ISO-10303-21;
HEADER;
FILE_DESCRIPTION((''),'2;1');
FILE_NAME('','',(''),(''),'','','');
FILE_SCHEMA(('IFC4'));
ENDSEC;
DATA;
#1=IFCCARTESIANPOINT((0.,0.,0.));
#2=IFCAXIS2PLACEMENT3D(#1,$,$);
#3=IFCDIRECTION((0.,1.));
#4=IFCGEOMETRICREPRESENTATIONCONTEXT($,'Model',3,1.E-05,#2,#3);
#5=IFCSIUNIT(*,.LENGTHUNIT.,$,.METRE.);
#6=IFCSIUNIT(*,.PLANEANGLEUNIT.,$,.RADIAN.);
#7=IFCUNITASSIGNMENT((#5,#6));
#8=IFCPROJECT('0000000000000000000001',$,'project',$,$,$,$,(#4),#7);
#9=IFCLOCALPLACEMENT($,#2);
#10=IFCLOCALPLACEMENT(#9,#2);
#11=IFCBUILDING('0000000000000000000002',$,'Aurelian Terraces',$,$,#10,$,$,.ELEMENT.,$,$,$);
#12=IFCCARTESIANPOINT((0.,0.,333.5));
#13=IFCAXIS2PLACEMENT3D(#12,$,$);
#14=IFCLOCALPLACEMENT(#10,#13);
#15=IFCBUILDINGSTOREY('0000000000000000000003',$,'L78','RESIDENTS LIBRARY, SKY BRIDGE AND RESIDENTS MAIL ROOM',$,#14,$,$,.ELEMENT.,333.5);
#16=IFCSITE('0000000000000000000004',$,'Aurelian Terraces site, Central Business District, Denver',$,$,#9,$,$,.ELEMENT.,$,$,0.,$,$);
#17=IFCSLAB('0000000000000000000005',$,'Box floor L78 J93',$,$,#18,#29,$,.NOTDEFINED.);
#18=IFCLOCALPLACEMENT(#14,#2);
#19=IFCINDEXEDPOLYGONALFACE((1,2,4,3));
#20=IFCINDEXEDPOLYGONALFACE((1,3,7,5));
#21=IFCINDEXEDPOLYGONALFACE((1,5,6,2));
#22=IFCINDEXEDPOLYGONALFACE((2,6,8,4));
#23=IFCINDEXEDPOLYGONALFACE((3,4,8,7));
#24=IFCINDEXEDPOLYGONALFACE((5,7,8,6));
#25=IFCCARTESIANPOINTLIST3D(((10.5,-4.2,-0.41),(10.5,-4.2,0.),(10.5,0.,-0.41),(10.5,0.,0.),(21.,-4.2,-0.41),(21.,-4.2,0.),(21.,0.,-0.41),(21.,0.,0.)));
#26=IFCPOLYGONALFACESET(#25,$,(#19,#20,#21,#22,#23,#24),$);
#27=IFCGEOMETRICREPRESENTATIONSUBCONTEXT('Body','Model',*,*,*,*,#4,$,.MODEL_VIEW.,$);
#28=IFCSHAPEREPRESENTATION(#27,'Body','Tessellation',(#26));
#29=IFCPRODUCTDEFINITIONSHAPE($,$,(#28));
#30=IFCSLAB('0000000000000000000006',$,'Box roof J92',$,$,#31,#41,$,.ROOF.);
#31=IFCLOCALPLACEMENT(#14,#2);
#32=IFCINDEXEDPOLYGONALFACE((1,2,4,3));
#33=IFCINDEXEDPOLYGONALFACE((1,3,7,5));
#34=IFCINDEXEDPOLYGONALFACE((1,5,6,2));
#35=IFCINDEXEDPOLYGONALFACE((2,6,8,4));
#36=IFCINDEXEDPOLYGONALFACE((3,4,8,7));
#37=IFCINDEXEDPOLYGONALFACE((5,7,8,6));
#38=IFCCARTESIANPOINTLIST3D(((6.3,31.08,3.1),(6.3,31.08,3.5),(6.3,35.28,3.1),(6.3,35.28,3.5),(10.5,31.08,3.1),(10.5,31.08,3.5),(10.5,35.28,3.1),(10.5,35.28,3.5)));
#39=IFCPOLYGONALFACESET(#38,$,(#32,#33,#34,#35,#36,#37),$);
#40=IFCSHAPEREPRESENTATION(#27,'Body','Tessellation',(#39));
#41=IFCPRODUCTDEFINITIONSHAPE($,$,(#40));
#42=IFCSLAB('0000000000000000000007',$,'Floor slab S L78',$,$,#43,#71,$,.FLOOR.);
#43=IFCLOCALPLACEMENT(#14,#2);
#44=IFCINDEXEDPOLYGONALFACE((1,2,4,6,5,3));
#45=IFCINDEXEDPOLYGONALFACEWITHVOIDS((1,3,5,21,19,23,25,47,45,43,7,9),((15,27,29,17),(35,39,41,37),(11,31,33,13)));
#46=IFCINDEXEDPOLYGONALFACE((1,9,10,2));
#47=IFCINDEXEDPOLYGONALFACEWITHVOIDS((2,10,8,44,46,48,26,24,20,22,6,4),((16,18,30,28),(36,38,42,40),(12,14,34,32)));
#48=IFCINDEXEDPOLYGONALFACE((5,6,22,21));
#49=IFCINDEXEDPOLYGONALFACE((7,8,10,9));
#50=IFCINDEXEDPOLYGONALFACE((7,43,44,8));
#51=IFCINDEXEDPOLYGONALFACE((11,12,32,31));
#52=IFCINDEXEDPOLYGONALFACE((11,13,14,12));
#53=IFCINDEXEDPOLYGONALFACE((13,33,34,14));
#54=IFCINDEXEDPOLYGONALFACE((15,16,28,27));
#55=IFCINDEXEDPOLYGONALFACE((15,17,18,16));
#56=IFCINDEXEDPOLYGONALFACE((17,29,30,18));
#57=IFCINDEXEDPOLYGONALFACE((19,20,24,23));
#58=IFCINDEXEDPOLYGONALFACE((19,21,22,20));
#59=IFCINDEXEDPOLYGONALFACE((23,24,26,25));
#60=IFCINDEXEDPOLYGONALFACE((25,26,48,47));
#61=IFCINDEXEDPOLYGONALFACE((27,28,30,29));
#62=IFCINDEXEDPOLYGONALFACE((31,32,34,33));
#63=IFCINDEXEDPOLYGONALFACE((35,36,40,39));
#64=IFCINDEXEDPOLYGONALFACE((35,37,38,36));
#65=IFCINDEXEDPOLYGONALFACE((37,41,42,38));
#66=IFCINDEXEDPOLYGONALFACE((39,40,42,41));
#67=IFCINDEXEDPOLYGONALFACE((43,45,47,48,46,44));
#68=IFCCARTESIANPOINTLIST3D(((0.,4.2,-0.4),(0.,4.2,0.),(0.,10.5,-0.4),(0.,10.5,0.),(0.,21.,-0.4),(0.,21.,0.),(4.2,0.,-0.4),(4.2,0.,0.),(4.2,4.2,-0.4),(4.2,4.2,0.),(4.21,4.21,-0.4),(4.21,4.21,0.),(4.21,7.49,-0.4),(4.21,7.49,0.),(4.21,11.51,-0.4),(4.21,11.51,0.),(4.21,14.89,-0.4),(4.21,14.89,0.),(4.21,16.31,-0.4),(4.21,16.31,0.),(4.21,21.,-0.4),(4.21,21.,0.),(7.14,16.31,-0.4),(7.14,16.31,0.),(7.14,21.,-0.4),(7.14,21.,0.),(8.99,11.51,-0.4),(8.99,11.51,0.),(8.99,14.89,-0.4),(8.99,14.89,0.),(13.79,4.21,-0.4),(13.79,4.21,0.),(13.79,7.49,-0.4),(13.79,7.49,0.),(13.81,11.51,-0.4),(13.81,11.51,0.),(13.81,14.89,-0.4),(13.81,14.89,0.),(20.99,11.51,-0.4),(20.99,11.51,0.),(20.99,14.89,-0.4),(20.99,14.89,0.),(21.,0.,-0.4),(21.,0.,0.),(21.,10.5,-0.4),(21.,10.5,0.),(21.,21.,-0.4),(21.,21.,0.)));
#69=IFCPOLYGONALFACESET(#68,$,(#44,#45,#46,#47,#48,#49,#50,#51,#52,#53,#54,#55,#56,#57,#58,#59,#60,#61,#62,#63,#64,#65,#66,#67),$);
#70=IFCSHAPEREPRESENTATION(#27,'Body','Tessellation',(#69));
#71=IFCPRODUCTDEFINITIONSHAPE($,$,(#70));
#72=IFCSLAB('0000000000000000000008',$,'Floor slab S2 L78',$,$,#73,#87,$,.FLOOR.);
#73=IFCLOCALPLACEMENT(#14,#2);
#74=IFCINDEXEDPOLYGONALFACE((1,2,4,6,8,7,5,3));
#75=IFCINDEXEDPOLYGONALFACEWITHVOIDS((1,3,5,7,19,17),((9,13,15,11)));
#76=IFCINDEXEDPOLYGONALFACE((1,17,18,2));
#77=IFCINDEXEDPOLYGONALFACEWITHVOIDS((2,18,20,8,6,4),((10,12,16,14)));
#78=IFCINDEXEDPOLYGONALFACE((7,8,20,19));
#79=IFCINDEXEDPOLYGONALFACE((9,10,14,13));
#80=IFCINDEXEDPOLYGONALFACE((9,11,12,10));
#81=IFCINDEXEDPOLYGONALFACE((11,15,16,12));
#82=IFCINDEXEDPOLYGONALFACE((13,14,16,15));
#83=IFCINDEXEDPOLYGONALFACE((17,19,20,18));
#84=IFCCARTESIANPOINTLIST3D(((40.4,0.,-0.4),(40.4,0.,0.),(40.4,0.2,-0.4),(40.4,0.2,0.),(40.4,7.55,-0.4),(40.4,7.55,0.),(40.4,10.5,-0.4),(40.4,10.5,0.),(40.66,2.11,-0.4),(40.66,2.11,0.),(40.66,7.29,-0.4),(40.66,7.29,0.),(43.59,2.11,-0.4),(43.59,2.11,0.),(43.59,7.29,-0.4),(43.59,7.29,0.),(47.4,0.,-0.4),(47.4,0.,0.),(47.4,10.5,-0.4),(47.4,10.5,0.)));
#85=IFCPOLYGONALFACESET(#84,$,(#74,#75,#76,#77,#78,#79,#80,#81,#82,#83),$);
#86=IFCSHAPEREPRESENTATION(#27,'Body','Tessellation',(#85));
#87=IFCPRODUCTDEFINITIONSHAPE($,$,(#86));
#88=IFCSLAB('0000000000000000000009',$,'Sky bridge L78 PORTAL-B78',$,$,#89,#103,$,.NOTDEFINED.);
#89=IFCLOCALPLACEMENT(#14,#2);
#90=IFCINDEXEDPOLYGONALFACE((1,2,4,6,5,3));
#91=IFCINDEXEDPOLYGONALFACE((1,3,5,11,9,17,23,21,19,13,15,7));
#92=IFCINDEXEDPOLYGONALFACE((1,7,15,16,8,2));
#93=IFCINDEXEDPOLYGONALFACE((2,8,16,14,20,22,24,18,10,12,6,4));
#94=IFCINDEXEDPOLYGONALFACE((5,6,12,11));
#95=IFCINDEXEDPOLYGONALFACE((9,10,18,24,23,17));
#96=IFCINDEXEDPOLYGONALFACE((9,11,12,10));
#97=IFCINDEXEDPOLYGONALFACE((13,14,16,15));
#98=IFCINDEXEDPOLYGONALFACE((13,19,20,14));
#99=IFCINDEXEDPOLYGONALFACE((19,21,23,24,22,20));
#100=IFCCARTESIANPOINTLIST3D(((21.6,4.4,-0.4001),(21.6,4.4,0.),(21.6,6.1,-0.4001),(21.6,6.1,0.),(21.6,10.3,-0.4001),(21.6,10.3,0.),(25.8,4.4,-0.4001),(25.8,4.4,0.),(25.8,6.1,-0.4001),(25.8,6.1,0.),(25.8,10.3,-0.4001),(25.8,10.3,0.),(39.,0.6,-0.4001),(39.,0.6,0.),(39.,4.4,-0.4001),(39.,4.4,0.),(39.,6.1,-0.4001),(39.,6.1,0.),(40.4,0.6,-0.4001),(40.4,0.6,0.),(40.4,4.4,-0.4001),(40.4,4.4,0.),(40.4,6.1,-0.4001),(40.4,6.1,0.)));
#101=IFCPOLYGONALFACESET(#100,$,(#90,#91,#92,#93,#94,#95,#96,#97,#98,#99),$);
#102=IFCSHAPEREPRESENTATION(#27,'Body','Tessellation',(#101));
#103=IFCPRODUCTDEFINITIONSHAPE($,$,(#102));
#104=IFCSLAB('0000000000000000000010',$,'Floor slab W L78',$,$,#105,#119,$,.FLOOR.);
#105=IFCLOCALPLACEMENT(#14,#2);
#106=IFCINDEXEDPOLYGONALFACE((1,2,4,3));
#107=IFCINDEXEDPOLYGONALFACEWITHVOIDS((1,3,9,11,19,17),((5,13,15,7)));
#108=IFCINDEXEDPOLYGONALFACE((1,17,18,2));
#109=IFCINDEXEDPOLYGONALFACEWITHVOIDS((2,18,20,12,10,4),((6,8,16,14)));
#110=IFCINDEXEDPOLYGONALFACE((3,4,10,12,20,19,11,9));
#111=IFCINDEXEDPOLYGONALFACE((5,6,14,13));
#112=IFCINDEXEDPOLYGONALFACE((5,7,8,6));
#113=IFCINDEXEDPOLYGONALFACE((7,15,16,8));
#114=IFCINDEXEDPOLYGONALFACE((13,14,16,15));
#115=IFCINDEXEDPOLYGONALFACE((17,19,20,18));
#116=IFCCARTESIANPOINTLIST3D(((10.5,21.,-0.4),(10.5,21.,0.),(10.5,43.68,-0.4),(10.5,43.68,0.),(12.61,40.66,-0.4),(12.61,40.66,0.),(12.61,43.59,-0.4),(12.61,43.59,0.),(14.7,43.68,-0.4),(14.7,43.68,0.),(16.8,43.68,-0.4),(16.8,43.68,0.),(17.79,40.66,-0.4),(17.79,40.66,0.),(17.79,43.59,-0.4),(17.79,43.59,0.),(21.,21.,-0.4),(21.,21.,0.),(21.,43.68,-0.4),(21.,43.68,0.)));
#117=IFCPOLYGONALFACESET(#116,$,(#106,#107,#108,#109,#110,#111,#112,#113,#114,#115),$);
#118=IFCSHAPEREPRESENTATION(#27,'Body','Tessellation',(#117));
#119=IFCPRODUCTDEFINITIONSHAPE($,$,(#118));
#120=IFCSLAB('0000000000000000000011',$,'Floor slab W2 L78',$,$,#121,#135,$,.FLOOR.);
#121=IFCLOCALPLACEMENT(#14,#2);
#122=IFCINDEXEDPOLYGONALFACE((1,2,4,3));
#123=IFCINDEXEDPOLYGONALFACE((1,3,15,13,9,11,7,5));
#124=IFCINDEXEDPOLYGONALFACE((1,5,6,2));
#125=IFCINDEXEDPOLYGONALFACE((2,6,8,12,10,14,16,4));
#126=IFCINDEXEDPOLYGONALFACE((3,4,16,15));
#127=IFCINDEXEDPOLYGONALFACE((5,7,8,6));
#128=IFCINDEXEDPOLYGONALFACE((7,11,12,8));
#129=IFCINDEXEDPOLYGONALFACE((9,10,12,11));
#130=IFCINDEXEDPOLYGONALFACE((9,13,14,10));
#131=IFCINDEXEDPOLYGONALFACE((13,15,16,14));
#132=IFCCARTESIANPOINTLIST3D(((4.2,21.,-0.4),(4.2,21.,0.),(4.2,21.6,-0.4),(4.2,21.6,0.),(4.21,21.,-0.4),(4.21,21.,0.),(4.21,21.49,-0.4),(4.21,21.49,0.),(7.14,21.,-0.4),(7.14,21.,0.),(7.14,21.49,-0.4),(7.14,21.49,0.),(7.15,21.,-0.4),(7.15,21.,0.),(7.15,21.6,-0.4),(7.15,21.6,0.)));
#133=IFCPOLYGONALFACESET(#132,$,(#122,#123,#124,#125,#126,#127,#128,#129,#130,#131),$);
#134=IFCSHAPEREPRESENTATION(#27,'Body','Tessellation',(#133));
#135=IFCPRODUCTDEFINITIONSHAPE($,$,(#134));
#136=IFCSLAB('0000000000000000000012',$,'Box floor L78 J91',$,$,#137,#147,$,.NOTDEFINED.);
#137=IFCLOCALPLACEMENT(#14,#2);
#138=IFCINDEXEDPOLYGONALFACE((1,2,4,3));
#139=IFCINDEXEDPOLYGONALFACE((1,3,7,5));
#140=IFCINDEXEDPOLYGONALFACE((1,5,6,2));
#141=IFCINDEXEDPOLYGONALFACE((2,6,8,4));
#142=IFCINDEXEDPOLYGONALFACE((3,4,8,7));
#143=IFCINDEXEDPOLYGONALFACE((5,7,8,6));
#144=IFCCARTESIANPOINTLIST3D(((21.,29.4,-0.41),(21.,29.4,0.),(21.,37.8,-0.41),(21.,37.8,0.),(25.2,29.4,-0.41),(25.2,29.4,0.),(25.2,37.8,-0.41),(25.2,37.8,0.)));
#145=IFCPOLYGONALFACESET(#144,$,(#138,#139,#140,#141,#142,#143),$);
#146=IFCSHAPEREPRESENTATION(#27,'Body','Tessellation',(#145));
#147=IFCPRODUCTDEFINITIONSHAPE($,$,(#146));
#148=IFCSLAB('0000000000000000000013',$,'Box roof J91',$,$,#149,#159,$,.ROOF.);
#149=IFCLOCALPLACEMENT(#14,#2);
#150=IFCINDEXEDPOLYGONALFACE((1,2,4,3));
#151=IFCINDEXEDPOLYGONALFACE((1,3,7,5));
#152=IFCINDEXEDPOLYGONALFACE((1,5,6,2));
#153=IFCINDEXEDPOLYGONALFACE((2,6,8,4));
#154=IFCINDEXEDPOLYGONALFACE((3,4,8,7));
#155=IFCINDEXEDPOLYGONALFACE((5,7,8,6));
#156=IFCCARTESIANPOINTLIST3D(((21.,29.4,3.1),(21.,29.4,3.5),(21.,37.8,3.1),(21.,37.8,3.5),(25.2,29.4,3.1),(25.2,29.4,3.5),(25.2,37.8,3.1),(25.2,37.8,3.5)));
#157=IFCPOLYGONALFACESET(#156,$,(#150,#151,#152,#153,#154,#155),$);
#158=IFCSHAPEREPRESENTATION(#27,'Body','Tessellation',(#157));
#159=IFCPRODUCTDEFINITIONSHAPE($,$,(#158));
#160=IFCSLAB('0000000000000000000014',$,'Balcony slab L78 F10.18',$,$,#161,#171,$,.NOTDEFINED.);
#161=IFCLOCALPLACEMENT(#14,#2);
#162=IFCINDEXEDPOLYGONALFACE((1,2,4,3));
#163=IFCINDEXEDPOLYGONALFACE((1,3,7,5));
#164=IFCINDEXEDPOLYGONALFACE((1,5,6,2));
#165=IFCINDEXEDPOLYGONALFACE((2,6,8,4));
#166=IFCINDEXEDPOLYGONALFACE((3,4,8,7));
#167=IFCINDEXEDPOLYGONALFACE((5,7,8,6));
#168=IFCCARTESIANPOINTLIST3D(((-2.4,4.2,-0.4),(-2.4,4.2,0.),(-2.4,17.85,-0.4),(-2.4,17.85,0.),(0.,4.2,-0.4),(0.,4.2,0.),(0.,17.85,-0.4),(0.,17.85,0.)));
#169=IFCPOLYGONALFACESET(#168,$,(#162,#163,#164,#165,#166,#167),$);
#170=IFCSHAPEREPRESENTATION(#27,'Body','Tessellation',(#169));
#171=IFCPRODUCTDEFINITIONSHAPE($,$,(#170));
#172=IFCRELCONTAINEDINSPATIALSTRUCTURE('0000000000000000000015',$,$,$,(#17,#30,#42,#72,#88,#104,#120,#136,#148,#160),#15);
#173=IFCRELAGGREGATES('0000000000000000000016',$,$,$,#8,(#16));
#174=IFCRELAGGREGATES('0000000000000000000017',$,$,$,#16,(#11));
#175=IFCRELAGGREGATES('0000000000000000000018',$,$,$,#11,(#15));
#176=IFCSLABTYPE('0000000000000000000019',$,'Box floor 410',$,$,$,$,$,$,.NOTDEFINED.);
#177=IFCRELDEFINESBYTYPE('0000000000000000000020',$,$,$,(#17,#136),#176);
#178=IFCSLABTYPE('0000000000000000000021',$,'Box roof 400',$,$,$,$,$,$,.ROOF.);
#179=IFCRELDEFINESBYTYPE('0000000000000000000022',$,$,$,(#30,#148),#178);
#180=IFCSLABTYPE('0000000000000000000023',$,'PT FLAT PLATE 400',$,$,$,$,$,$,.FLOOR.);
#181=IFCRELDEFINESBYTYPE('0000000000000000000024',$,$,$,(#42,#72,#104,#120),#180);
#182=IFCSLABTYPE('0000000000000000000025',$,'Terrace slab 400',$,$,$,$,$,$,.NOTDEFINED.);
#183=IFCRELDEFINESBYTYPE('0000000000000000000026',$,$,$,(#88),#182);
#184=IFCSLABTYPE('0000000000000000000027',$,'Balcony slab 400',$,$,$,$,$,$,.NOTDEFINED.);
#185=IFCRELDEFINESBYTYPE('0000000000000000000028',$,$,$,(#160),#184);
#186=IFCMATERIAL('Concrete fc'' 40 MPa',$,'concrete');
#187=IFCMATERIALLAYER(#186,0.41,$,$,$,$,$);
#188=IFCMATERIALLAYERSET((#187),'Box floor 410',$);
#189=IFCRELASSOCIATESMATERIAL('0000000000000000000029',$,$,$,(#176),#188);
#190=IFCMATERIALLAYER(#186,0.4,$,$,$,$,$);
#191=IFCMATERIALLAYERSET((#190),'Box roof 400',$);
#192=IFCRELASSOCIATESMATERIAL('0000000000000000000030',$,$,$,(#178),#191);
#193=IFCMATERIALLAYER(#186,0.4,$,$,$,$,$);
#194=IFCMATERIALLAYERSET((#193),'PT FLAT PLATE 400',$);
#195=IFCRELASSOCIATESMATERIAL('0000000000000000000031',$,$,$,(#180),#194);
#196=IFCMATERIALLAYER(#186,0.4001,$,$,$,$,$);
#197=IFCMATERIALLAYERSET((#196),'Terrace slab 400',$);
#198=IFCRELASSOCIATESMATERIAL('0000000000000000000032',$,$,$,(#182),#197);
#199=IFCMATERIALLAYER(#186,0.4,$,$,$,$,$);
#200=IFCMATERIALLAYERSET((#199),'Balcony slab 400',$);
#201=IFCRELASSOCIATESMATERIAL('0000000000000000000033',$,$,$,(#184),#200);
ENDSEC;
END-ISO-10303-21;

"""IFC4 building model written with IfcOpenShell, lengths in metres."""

from ifc_helpers import new_model, si_unit, direction, frame, origin, place, context, subcontext, project, spatial, polyline, outline, extrude, source, transform, mapped, material, layer, layer_set, type_object, element, save


model = new_model("IFC4")

# Units and contexts
model_context = context("Model", 3, precision=1e-05, world=origin(), true_north=direction((0.0, 1.0)))
body_context = subcontext(model_context, "Body", "Model", "MODEL_VIEW")
ifc_project = project(units=[si_unit("LENGTHUNIT", "METRE"), si_unit("PLANEANGLEUNIT", "RADIAN")], contexts=[model_context])

# Site, building, storey
site_placement = place(None, origin())
site = spatial("IfcSite", under=ifc_project, at=site_placement, Name="Aurelian Terraces site, Central Business District, Denver", CompositionType="ELEMENT", RefElevation=0.0)
building_placement = place(site_placement, origin())
building = spatial("IfcBuilding", under=site, at=building_placement, Name="Aurelian Terraces", CompositionType="ELEMENT")
storey_placement = place(building_placement, frame((0.0, 0.0, 333.5)))
storey = spatial("IfcBuildingStorey", under=building, at=storey_placement, Name="L78", Description="RESIDENTS LIBRARY, SKY BRIDGE AND RESIDENTS MAIL ROOM", CompositionType="ELEMENT", Elevation=333.5)

# Slabs
ifc_material_1 = material(Name="Concrete fc' 40 MPa", Category="concrete")
ifc_layer_1 = layer(ifc_material_1, 0.41)
ifc_layer_set_1 = layer_set([ifc_layer_1], Name="Box floor 410")
slab_type_1 = type_object("IfcSlabType", Name="Box floor 410", PredefinedType="NOTDEFINED", material=ifc_layer_set_1)
slab_1_placement = place(storey_placement, frame((0.0, 0.0, -0.41)))
element("IfcSlab", 1, at=slab_1_placement, inside=storey, type_object=slab_type_1, Name="Box floor L78 J93", PredefinedType="NOTDEFINED", context=body_context, shape_type="SweptSolid", body=[
    extrude(outline(polyline([(10.5, -4.2), (21.0, -4.2), (21.0, 0.0), (10.5, 0.0), (10.5, -4.2)])), origin(), (0.0, 0.0, 1.0), 0.41),
])
ifc_layer_2 = layer(ifc_material_1, 0.4)
ifc_layer_set_2 = layer_set([ifc_layer_2], Name="Box roof 400")
slab_type_2 = type_object("IfcSlabType", Name="Box roof 400", PredefinedType="ROOF", material=ifc_layer_set_2)
slab_2_placement = place(storey_placement, frame((0.0, 0.0, 3.1)))
element("IfcSlab", 2, at=slab_2_placement, inside=storey, type_object=slab_type_2, Name="Box roof J92", PredefinedType="ROOF", context=body_context, shape_type="SweptSolid", body=[
    extrude(outline(polyline([(6.3, 35.28), (6.3, 31.08), (10.5, 31.08), (10.5, 35.28), (6.3, 35.28)])), origin(), (0.0, 0.0, 1.0), 0.4),
])
ifc_layer_3 = layer(ifc_material_1, 0.4)
ifc_layer_set_3 = layer_set([ifc_layer_3], Name="PT FLAT PLATE 400")
slab_type_3 = type_object("IfcSlabType", Name="PT FLAT PLATE 400", PredefinedType="FLOOR", material=ifc_layer_set_3)
slab_3_placement = place(storey_placement, frame((0.0, 0.0, -0.4)))
element("IfcSlab", 3, at=slab_3_placement, inside=storey, type_object=slab_type_3, Name="Floor slab S L78", PredefinedType="FLOOR", context=body_context, shape_type="SweptSolid", body=[
    extrude(outline(polyline([(0.0, 4.2), (0.0, 10.5), (0.0, 21.0), (4.21, 21.0), (4.21, 16.31), (7.14, 16.31), (7.14, 21.0), (21.0, 21.0), (21.0, 10.5), (21.0, 0.0), (4.2, 0.0), (4.2, 4.2), (0.0, 4.2)]), holes=[polyline([(13.81, 14.89), (13.81, 11.51), (20.99, 11.51), (20.99, 14.89), (13.81, 14.89)]), polyline([(4.21, 7.49), (4.21, 4.21), (13.79, 4.21), (13.79, 7.49), (4.21, 7.49)]), polyline([(8.99, 11.51), (8.99, 14.89), (4.21, 14.89), (4.21, 11.51), (8.99, 11.51)])]), origin(), (0.0, 0.0, 1.0), 0.4),
])
slab_4_placement = place(storey_placement, frame((0.0, 0.0, -0.4)))
element("IfcSlab", 4, at=slab_4_placement, inside=storey, type_object=slab_type_3, Name="Floor slab S2 L78", PredefinedType="FLOOR", context=body_context, shape_type="SweptSolid", body=[
    extrude(outline(polyline([(40.4, 10.5), (47.4, 10.5), (47.4, 0.0), (40.4, 0.0), (40.4, 0.2), (40.4, 7.55), (40.4, 10.5)]), holes=[polyline([(40.66, 2.11), (43.59, 2.11), (43.59, 7.29), (40.66, 7.29), (40.66, 2.11)])]), origin(), (0.0, 0.0, 1.0), 0.4),
])
ifc_layer_4 = layer(ifc_material_1, 0.4001)
ifc_layer_set_4 = layer_set([ifc_layer_4], Name="Terrace slab 400")
slab_type_4 = type_object("IfcSlabType", Name="Terrace slab 400", PredefinedType="NOTDEFINED", material=ifc_layer_set_4)
slab_5_placement = place(storey_placement, frame((0.0, 0.0, -0.4001)))
element("IfcSlab", 5, at=slab_5_placement, inside=storey, type_object=slab_type_4, Name="Sky bridge L78 PORTAL-B78", PredefinedType="NOTDEFINED", context=body_context, shape_type="SweptSolid", body=[
    extrude(outline(polyline([(40.4, 0.6), (39.0, 0.6), (39.0, 4.4), (25.8, 4.4), (21.6, 4.4), (21.6, 6.1), (21.6, 10.3), (25.8, 10.3), (25.8, 6.1), (39.0, 6.1), (40.4, 6.1), (40.4, 4.4), (40.4, 0.6)])), origin(), (0.0, 0.0, 1.0), 0.4001),
])
shared_shape_1 = source(origin(), body_context, "Body", "SweptSolid", [
    extrude(outline(polyline([(10.5, 43.68), (14.7, 43.68), (16.8, 43.68), (21.0, 43.68), (21.0, 21.0), (10.5, 21.0), (10.5, 43.68)]), holes=[polyline([(17.79, 43.59), (12.61, 43.59), (12.61, 40.66), (17.79, 40.66), (17.79, 43.59)])]), origin(), (0.0, 0.0, 1.0), 0.4),
])
slab_6_placement = place(storey_placement, frame((0.0, 0.0, -0.4)))
element("IfcSlab", 6, at=slab_6_placement, inside=storey, type_object=slab_type_3, Name="Floor slab W L78", PredefinedType="FLOOR", context=body_context, shape_type="MappedRepresentation", body=[
    mapped(shared_shape_1, transform((0.0, 0.0, 0.0), scale=1.0)),
])
shared_shape_2 = source(origin(), body_context, "Body", "SweptSolid", [
    extrude(outline(polyline([(4.2, 21.0), (4.2, 21.6), (7.15, 21.6), (7.15, 21.0), (7.14, 21.0), (7.14, 21.49), (4.21, 21.49), (4.21, 21.0), (4.2, 21.0)])), origin(), (0.0, 0.0, 1.0), 0.4),
])
slab_7_placement = place(storey_placement, frame((0.0, 0.0, -0.4)))
element("IfcSlab", 7, at=slab_7_placement, inside=storey, type_object=slab_type_3, Name="Floor slab W2 L78", PredefinedType="FLOOR", context=body_context, shape_type="MappedRepresentation", body=[
    mapped(shared_shape_2, transform((0.0, 0.0, 0.0), scale=1.0)),
])
shared_shape_3 = source(origin(), body_context, "Body", "SweptSolid", [
    extrude(outline(polyline([(25.2, 29.4), (25.2, 37.8), (21.0, 37.8), (21.0, 29.4), (25.2, 29.4)])), origin(), (0.0, 0.0, 1.0), 0.41),
])
slab_8_placement = place(storey_placement, frame((0.0, 0.0, -0.41)))
element("IfcSlab", 8, at=slab_8_placement, inside=storey, type_object=slab_type_1, Name="Box floor L78 J91", PredefinedType="NOTDEFINED", context=body_context, shape_type="MappedRepresentation", body=[
    mapped(shared_shape_3, transform((0.0, 0.0, 0.0), scale=1.0)),
])
shared_shape_4 = source(origin(), body_context, "Body", "SweptSolid", [
    extrude(outline(polyline([(25.2, 29.4), (25.2, 37.8), (21.0, 37.8), (21.0, 29.4), (25.2, 29.4)])), origin(), (0.0, 0.0, 1.0), 0.4),
])
slab_9_placement = place(storey_placement, frame((0.0, 0.0, 3.1)))
element("IfcSlab", 9, at=slab_9_placement, inside=storey, type_object=slab_type_2, Name="Box roof J91", PredefinedType="ROOF", context=body_context, shape_type="MappedRepresentation", body=[
    mapped(shared_shape_4, transform((0.0, 0.0, 0.0), scale=1.0)),
])
ifc_layer_5 = layer(ifc_material_1, 0.4)
ifc_layer_set_5 = layer_set([ifc_layer_5], Name="Balcony slab 400")
slab_type_5 = type_object("IfcSlabType", Name="Balcony slab 400", PredefinedType="NOTDEFINED", material=ifc_layer_set_5)
shared_shape_5 = source(origin(), body_context, "Body", "SweptSolid", [
    extrude(outline(polyline([(0.0, 17.85), (0.0, 4.2), (-2.4, 4.2), (-2.4, 17.85), (0.0, 17.85)])), origin(), (0.0, 0.0, 1.0), 0.4),
])
slab_10_placement = place(storey_placement, frame((0.0, 0.0, -0.4)))
element("IfcSlab", 10, at=slab_10_placement, inside=storey, type_object=slab_type_5, Name="Balcony slab L78 F10.18", PredefinedType="NOTDEFINED", context=body_context, shape_type="MappedRepresentation", body=[
    mapped(shared_shape_5, transform((0.0, 0.0, 0.0), scale=1.0)),
])

save(model, "model.ifc")
